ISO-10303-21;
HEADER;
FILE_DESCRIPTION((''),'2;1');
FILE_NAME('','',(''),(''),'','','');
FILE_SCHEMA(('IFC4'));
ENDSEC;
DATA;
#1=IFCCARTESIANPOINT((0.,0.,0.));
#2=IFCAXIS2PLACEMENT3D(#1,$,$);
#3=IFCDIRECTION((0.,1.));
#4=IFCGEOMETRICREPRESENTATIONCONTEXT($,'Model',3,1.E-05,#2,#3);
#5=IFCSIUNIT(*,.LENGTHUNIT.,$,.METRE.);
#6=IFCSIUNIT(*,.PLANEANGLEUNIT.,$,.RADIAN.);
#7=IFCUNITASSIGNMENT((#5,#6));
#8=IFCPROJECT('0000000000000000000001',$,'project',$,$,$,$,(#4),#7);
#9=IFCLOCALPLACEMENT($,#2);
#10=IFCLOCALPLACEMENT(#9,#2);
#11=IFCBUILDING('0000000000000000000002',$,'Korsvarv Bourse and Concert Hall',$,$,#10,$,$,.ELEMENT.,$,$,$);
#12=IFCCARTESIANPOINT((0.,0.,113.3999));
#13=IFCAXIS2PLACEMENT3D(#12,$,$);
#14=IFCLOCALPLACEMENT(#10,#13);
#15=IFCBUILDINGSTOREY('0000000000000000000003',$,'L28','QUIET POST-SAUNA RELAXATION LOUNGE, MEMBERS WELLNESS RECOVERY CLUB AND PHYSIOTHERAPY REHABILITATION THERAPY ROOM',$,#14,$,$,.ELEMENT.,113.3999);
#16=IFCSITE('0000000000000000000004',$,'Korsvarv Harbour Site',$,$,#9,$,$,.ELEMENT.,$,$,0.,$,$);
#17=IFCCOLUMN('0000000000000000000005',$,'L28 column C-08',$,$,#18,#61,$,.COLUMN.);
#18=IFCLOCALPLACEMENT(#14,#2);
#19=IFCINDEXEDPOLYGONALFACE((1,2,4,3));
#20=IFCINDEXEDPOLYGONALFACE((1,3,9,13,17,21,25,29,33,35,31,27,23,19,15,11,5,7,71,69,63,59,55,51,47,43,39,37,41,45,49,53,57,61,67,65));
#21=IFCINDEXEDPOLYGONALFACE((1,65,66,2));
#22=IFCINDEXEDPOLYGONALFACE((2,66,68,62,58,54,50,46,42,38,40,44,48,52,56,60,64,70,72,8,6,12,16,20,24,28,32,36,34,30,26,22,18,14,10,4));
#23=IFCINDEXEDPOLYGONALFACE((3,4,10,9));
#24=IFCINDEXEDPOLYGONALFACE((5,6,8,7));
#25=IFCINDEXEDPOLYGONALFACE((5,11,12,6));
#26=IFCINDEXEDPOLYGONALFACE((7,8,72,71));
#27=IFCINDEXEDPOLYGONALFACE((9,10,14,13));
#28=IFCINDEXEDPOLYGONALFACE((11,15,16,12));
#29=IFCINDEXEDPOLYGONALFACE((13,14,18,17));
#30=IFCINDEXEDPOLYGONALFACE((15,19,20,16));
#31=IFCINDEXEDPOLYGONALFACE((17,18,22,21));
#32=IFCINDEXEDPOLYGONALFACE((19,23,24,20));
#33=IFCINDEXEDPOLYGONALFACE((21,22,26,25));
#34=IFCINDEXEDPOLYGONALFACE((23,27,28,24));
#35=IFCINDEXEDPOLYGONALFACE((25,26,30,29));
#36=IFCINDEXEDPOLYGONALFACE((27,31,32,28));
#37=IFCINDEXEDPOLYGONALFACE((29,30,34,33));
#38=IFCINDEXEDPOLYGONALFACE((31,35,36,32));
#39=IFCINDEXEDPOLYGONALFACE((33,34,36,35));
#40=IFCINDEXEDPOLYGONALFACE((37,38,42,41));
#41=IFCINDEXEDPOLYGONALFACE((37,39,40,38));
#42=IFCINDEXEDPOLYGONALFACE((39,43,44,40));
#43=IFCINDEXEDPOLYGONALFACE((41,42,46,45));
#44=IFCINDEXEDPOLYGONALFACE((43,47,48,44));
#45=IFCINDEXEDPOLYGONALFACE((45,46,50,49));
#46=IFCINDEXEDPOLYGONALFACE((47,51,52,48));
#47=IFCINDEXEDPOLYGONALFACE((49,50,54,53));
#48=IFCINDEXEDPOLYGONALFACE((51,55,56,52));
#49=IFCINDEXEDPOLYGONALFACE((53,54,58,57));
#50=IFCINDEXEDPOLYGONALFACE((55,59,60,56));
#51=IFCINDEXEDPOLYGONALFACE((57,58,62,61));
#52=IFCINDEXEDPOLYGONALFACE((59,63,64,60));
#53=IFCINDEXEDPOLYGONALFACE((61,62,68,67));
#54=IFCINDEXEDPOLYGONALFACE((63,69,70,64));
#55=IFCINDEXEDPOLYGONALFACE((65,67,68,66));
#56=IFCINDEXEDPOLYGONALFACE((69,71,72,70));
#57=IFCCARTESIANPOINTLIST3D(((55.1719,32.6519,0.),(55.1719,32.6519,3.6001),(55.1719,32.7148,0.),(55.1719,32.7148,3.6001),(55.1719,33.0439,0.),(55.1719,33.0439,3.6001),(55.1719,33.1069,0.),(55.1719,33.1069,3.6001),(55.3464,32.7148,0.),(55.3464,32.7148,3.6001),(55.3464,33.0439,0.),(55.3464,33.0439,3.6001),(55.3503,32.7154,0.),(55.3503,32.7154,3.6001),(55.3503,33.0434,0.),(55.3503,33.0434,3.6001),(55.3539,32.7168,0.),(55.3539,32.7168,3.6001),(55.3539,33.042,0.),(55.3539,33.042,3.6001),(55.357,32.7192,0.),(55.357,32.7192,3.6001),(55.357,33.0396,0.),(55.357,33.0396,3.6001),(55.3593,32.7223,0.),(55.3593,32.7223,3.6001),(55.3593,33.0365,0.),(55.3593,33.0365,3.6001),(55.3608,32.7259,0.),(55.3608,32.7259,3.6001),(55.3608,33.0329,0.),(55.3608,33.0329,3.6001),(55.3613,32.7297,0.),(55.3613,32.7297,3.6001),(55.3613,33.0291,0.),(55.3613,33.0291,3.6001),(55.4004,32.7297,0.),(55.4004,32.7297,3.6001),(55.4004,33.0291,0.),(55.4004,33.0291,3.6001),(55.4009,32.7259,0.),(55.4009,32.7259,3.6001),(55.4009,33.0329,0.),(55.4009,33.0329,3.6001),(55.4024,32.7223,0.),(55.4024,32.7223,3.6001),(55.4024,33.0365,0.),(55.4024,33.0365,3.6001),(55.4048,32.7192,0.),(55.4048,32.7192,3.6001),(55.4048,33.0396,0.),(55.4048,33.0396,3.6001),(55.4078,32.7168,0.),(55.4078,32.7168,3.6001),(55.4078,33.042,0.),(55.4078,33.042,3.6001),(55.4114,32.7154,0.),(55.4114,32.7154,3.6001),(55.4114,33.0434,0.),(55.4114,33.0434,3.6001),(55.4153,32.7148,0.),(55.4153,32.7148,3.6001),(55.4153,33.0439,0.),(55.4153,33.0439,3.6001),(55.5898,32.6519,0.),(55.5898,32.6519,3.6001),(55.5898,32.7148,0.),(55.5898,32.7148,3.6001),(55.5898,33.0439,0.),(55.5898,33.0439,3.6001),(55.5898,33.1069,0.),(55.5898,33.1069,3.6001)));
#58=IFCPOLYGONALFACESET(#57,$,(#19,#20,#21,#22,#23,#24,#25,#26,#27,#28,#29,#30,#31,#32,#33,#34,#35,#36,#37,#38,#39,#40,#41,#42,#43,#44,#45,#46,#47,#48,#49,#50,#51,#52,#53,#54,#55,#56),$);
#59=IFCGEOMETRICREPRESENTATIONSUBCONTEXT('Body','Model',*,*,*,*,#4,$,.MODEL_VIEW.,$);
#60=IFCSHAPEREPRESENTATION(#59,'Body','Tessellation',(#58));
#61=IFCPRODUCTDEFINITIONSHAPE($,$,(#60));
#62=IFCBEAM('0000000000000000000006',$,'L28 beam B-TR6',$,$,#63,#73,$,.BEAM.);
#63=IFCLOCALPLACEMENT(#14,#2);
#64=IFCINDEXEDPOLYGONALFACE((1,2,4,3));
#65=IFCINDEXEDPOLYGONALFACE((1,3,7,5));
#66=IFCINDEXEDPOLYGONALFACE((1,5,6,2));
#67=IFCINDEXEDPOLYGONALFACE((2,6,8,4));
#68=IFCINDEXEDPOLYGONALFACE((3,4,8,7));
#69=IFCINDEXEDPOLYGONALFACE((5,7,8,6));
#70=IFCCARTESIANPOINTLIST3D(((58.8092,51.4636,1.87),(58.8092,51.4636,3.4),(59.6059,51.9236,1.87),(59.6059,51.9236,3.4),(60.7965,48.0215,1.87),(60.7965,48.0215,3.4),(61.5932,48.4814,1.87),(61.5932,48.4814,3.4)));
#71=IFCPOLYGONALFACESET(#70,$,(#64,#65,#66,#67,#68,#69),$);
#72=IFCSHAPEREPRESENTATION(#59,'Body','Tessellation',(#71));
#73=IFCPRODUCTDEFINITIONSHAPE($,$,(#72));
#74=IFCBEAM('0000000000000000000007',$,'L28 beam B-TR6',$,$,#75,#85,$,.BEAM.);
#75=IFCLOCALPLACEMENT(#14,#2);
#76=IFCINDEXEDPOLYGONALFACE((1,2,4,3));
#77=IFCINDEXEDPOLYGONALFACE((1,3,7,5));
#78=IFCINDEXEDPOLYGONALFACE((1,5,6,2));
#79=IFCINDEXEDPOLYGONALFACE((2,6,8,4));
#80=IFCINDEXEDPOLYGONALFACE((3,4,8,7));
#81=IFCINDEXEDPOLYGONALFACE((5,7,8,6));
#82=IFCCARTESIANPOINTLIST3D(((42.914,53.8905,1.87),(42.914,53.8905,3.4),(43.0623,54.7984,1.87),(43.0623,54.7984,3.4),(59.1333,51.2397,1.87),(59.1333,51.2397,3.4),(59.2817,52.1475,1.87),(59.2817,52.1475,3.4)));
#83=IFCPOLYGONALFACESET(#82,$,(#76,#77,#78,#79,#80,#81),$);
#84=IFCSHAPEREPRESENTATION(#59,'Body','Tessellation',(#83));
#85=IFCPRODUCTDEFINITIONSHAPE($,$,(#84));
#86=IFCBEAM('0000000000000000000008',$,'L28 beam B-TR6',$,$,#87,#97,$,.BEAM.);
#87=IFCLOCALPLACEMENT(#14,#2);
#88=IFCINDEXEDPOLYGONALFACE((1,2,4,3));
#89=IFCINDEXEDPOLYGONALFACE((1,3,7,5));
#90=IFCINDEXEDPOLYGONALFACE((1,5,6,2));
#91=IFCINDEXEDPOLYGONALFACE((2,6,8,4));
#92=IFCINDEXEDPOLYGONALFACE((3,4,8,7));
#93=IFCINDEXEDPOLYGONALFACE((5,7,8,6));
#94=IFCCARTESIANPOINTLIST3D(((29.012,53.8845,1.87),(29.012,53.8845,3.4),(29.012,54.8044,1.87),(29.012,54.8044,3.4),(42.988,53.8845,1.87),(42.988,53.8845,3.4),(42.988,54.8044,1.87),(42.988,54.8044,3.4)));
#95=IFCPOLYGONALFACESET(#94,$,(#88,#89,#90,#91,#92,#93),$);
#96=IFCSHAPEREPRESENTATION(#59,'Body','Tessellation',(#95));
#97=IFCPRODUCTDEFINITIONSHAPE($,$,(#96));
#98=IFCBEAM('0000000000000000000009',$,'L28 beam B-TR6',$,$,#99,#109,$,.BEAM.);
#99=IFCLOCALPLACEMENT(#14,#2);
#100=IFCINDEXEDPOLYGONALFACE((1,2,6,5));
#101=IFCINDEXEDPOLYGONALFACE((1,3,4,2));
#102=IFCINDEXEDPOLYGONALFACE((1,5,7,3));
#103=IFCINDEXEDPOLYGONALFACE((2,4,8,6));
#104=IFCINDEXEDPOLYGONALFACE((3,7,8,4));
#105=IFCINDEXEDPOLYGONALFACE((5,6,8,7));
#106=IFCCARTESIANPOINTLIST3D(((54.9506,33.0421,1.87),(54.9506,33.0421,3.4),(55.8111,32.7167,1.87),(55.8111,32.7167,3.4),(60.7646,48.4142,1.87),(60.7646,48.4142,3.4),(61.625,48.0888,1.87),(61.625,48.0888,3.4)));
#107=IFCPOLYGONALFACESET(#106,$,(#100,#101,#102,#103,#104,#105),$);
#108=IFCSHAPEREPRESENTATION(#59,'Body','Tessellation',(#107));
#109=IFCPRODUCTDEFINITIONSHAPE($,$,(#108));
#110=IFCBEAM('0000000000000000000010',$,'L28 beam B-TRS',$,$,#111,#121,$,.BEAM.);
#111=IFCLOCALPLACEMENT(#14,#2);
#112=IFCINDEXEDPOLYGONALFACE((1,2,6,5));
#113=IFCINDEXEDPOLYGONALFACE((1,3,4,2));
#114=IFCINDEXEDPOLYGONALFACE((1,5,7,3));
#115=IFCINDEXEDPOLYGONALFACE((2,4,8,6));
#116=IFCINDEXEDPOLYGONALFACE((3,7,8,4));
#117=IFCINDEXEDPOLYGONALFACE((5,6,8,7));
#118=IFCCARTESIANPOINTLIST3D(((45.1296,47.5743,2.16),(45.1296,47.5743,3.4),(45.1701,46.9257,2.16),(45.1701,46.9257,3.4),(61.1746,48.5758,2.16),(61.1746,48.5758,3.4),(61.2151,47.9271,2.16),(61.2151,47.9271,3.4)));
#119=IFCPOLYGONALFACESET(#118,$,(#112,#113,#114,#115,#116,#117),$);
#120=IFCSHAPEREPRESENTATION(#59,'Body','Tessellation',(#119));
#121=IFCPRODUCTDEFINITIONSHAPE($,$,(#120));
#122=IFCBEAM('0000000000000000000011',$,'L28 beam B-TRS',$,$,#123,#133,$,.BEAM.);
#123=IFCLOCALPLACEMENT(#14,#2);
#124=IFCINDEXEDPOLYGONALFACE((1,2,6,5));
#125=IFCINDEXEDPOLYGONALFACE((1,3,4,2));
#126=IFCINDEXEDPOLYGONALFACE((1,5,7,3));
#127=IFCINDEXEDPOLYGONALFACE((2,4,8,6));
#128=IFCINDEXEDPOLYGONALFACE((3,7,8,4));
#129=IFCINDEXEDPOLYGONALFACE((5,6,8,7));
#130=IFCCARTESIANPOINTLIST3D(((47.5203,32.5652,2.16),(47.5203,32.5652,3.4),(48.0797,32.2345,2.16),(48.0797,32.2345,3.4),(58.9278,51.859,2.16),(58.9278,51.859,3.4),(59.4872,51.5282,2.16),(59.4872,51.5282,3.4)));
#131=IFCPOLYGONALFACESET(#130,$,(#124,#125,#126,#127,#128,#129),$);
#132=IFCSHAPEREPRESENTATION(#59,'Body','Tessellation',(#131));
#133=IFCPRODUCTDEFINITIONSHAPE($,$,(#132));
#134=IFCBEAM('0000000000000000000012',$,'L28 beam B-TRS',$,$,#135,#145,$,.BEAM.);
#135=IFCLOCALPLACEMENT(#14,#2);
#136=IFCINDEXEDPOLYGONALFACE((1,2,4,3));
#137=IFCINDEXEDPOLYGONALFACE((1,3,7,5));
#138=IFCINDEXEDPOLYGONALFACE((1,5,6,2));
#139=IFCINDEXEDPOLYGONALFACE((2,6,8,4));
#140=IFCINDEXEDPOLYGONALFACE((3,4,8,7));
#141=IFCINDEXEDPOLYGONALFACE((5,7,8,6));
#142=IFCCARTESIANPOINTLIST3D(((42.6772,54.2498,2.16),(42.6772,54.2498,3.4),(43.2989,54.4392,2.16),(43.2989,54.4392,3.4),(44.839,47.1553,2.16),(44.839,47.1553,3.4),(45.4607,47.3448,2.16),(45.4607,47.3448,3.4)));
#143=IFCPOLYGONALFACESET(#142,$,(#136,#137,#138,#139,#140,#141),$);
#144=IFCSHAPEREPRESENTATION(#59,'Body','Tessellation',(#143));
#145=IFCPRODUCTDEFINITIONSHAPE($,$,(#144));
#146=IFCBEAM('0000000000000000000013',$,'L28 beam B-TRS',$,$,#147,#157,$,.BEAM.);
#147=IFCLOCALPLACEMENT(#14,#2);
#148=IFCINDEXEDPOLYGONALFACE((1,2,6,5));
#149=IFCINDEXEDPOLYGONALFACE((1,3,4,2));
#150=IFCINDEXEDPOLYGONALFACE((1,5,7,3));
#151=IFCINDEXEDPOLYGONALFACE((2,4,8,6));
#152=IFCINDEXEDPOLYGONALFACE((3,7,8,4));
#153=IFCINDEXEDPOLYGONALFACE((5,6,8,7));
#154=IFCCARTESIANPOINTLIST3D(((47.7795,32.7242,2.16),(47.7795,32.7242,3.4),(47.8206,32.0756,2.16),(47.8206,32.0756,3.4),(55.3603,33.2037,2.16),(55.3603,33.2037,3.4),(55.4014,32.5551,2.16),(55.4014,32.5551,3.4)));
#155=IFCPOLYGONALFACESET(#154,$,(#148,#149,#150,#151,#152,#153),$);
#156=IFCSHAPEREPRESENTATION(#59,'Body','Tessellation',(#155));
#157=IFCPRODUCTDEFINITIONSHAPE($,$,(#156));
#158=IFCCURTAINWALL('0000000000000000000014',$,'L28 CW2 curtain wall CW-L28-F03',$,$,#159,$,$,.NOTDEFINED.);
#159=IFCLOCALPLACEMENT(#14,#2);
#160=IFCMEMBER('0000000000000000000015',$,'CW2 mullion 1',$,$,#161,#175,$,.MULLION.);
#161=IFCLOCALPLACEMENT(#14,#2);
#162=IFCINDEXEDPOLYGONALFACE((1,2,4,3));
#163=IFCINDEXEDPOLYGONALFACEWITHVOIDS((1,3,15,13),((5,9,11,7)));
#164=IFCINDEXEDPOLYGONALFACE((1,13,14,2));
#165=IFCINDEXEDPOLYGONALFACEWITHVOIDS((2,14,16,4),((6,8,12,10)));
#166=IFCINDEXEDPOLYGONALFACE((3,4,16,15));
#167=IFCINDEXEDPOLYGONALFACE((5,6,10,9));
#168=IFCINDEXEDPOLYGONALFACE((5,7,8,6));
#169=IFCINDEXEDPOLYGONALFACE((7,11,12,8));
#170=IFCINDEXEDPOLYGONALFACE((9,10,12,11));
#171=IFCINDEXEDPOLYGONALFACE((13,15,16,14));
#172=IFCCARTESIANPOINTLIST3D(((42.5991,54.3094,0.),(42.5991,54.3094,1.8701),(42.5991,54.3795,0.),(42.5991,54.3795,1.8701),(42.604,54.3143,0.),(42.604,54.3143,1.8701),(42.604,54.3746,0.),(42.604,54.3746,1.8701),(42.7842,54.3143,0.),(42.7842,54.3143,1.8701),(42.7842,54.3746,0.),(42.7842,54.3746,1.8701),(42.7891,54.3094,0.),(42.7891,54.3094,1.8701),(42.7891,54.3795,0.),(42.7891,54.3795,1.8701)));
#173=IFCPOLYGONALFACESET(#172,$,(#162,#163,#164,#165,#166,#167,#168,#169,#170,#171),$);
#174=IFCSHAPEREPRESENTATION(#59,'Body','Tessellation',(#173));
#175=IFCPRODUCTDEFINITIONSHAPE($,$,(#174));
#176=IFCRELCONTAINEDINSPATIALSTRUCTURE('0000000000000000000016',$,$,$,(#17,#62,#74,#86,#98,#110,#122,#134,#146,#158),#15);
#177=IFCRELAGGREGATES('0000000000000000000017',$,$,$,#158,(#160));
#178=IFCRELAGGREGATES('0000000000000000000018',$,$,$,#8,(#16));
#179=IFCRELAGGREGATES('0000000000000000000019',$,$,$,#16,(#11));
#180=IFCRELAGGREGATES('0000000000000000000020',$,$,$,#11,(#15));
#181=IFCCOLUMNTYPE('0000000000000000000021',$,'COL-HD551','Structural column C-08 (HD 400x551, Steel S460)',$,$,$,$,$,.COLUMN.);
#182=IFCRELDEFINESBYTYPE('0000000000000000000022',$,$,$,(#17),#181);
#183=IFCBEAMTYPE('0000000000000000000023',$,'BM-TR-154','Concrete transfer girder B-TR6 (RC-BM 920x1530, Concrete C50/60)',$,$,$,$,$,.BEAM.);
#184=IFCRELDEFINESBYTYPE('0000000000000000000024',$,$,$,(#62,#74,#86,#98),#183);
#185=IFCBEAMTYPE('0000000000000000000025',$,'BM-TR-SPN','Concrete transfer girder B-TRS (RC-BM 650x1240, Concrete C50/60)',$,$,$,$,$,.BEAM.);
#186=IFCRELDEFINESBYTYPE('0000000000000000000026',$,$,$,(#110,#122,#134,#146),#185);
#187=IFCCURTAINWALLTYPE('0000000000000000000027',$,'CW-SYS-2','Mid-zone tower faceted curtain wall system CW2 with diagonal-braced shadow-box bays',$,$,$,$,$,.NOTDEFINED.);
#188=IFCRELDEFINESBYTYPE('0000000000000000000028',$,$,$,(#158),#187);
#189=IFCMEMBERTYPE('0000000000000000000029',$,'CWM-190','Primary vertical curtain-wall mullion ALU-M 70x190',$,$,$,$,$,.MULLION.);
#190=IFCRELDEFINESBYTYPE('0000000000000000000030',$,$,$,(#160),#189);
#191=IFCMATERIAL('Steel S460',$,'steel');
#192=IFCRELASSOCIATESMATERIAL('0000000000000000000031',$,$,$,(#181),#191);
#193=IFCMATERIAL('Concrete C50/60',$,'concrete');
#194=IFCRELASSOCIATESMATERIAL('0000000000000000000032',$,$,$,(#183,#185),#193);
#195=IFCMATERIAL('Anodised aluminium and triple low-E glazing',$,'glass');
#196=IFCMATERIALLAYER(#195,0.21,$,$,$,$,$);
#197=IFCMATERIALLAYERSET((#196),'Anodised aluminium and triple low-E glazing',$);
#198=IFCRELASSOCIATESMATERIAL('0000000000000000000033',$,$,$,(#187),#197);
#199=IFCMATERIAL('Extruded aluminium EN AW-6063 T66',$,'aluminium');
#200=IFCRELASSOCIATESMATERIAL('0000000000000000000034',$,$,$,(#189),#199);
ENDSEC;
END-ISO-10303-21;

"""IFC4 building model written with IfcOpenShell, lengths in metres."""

from ifc_helpers import new_model, si_unit, direction, frame, origin, origin_2d, place, context, subcontext, project, spatial, rectangle, hollow_rectangle, i_section, extrude, source, transform, mapped, material, layer, layer_set, material_profile, profile_set, type_object, element, aggregate, save


model = new_model("IFC4")

# Units and contexts
model_context = context("Model", 3, precision=1e-05, world=origin(), true_north=direction((0.0, 1.0)))
body_context = subcontext(model_context, "Body", "Model", "MODEL_VIEW")
ifc_project = project(units=[si_unit("LENGTHUNIT", "METRE"), si_unit("PLANEANGLEUNIT", "RADIAN")], contexts=[model_context])

# Site, building, storey
site_placement = place(None, origin())
site = spatial("IfcSite", under=ifc_project, at=site_placement, Name="Korsvarv Harbour Site", CompositionType="ELEMENT", RefElevation=0.0)
building_placement = place(site_placement, origin())
building = spatial("IfcBuilding", under=site, at=building_placement, Name="Korsvarv Bourse and Concert Hall", CompositionType="ELEMENT")
storey_placement = place(building_placement, frame((0.0, 0.0, 113.3999)))
storey = spatial("IfcBuildingStorey", under=building, at=storey_placement, Name="L28", Description="QUIET POST-SAUNA RELAXATION LOUNGE, MEMBERS WELLNESS RECOVERY CLUB AND PHYSIOTHERAPY REHABILITATION THERAPY ROOM", CompositionType="ELEMENT", Elevation=113.3999)

# Column
ifc_material_1 = material(Name="Steel S460", Category="steel")
ifc_material_profile_1 = material_profile(ifc_material_1, i_section(OverallWidth=0.418, OverallDepth=0.4551, WebThickness=0.0391, FlangeThickness=0.063, FilletRadius=0.0149, at=origin_2d()), Name="HD 400x551")
ifc_profile_set_1 = profile_set([ifc_material_profile_1], Name="Steel S460")
column_type_1 = type_object("IfcColumnType", Name="COL-HD551", Description="Structural column C-08 (HD 400x551, Steel S460)", PredefinedType="COLUMN", material=ifc_profile_set_1)
shared_shape_1 = source(origin(), body_context, "Body", "SweptSolid", [
    extrude(i_section(OverallWidth=0.418, OverallDepth=0.4551, WebThickness=0.0391, FlangeThickness=0.063, FilletRadius=0.0149, at=origin_2d()), origin(), (0.0, 0.0, 1.0), 3.6001),
])
for number, where, z_axis, x_axis, name in (
    (1, (55.3809, 32.8794, 0.0), (0.0, 0.0, 1.0), (1.0, 0.0, 0.0), "L28 column C-08"),
):
    element("IfcColumn", number, at=place(storey_placement, frame(where, z_axis=z_axis, x_axis=x_axis)), inside=storey, type_object=column_type_1, Name=name, PredefinedType="COLUMN", context=body_context, shape_type="MappedRepresentation", body=[
        mapped(shared_shape_1, transform((0.0, 0.0, 0.0), scale=1.0)),
    ])

# Beams
ifc_material_2 = material(Name="Concrete C50/60", Category="concrete")
ifc_material_profile_2 = material_profile(ifc_material_2, rectangle(XDim=0.9199, YDim=1.53, at=origin_2d()), Name="RC-BM 920x1530")
ifc_profile_set_2 = profile_set([ifc_material_profile_2], Name="Concrete C50/60")
beam_type_1 = type_object("IfcBeamType", Name="BM-TR-154", Description="Concrete transfer girder B-TR6 (RC-BM 920x1530, Concrete C50/60)", PredefinedType="BEAM", material=ifc_profile_set_2)
shared_shape_2 = source(origin(), body_context, "Body", "SweptSolid", [
    extrude(rectangle(XDim=0.9199, YDim=1.53, at=origin_2d()), origin(), (0.0, 0.0, 1.0), 3.9746),
])
beam_1_placement = place(storey_placement, frame((61.1948, 48.2515, 2.635), z_axis=(-0.499997, 0.866027, 0.0), x_axis=(-0.866027, -0.499997, 0.0)))
element("IfcBeam", 2, at=beam_1_placement, inside=storey, type_object=beam_type_1, Name="L28 beam B-TR6", PredefinedType="BEAM", context=body_context, shape_type="MappedRepresentation", body=[
    mapped(shared_shape_2, transform((0.0, 0.0, 0.0), scale=1.0)),
])
shared_shape_3 = source(origin(), body_context, "Body", "SweptSolid", [
    extrude(rectangle(XDim=0.9199, YDim=1.53, at=origin_2d()), origin(), (0.0, 0.0, 1.0), 16.4346),
])
beam_2_placement = place(storey_placement, frame((59.2075, 51.6936, 2.635), z_axis=(-0.986906, 0.161298, 0.0), x_axis=(-0.161298, -0.986906, 0.0)))
element("IfcBeam", 3, at=beam_2_placement, inside=storey, type_object=beam_type_1, Name="L28 beam B-TR6", PredefinedType="BEAM", context=body_context, shape_type="MappedRepresentation", body=[
    mapped(shared_shape_3, transform((0.0, 0.0, 0.0), scale=1.0)),
])
shared_shape_4 = source(origin(), body_context, "Body", "SweptSolid", [
    extrude(rectangle(XDim=0.9199, YDim=1.53, at=origin_2d()), origin(), (0.0, 0.0, 1.0), 13.9761),
])
beam_3_placement = place(storey_placement, frame((42.988, 54.3445, 2.635), z_axis=(-1.0, 0.0, 0.0), x_axis=(0.0, -1.0, 0.0)))
element("IfcBeam", 4, at=beam_3_placement, inside=storey, type_object=beam_type_1, Name="L28 beam B-TR6", PredefinedType="BEAM", context=body_context, shape_type="MappedRepresentation", body=[
    mapped(shared_shape_4, transform((0.0, 0.0, 0.0), scale=1.0)),
])
shared_shape_5 = source(origin(), body_context, "Body", "SweptSolid", [
    extrude(rectangle(XDim=0.9199, YDim=1.53, at=origin_2d()), origin(), (0.0, 0.0, 1.0), 16.4348),
])
beam_4_placement = place(storey_placement, frame((55.3809, 32.8794, 2.635), z_axis=(0.353759, 0.935336, 0.0), x_axis=(-0.935336, 0.353759, 0.0)))
element("IfcBeam", 5, at=beam_4_placement, inside=storey, type_object=beam_type_1, Name="L28 beam B-TR6", PredefinedType="BEAM", context=body_context, shape_type="MappedRepresentation", body=[
    mapped(shared_shape_5, transform((0.0, 0.0, 0.0), scale=1.0)),
])
ifc_material_profile_3 = material_profile(ifc_material_2, rectangle(XDim=0.6499, YDim=1.24, at=origin_2d()), Name="RC-BM 650x1240")
ifc_profile_set_3 = profile_set([ifc_material_profile_3], Name="Concrete C50/60")
beam_type_2 = type_object("IfcBeamType", Name="BM-TR-SPN", Description="Concrete transfer girder B-TRS (RC-BM 650x1240, Concrete C50/60)", PredefinedType="BEAM", material=ifc_profile_set_3)
shared_shape_6 = source(origin(), body_context, "Body", "SweptSolid", [
    extrude(rectangle(XDim=0.6499, YDim=1.24, at=origin_2d()), origin(), (0.0, 0.0, 1.0), 16.0762),
])
beam_5_placement = place(storey_placement, frame((61.1948, 48.2515, 2.78), z_axis=(-0.998058, -0.062295, 0.0), x_axis=(0.062295, -0.998058, 0.0)))
element("IfcBeam", 6, at=beam_5_placement, inside=storey, type_object=beam_type_2, Name="L28 beam B-TRS", PredefinedType="BEAM", context=body_context, shape_type="MappedRepresentation", body=[
    mapped(shared_shape_6, transform((0.0, 0.0, 0.0), scale=1.0)),
])
shared_shape_7 = source(origin(), body_context, "Body", "SweptSolid", [
    extrude(rectangle(XDim=0.6499, YDim=1.24, at=origin_2d()), origin(), (0.0, 0.0, 1.0), 22.4138),
])
beam_6_placement = place(storey_placement, frame((59.2075, 51.6936, 2.78), z_axis=(-0.508949, -0.860797, 0.0), x_axis=(0.860797, -0.508949, 0.0)))
element("IfcBeam", 7, at=beam_6_placement, inside=storey, type_object=beam_type_2, Name="L28 beam B-TRS", PredefinedType="BEAM", context=body_context, shape_type="MappedRepresentation", body=[
    mapped(shared_shape_7, transform((0.0, 0.0, 0.0), scale=1.0)),
])
shared_shape_8 = source(origin(), body_context, "Body", "SweptSolid", [
    extrude(rectangle(XDim=0.6499, YDim=1.24, at=origin_2d()), origin(), (0.0, 0.0, 1.0), 7.4165),
])
beam_7_placement = place(storey_placement, frame((42.988, 54.3445, 2.78), z_axis=(0.291492, -0.956573, 0.0), x_axis=(0.956573, 0.291492, 0.0)))
element("IfcBeam", 8, at=beam_7_placement, inside=storey, type_object=beam_type_2, Name="L28 beam B-TRS", PredefinedType="BEAM", context=body_context, shape_type="MappedRepresentation", body=[
    mapped(shared_shape_8, transform((0.0, 0.0, 0.0), scale=1.0)),
])
shared_shape_9 = source(origin(), body_context, "Body", "SweptSolid", [
    extrude(rectangle(XDim=0.6499, YDim=1.24, at=origin_2d()), origin(), (0.0, 0.0, 1.0), 7.5959),
])
beam_8_placement = place(storey_placement, frame((55.3809, 32.8794, 2.78), z_axis=(-0.998006, -0.063125, 0.0), x_axis=(0.063125, -0.998006, 0.0)))
element("IfcBeam", 9, at=beam_8_placement, inside=storey, type_object=beam_type_2, Name="L28 beam B-TRS", PredefinedType="BEAM", context=body_context, shape_type="MappedRepresentation", body=[
    mapped(shared_shape_9, transform((0.0, 0.0, 0.0), scale=1.0)),
])

# Curtain wall, member
ifc_material_3 = material(Name="Anodised aluminium and triple low-E glazing", Category="glass")
ifc_layer_1 = layer(ifc_material_3, 0.21)
ifc_layer_set_1 = layer_set([ifc_layer_1], Name="Anodised aluminium and triple low-E glazing")
curtain_wall_type = type_object("IfcCurtainWallType", Name="CW-SYS-2", Description="Mid-zone tower faceted curtain wall system CW2 with diagonal-braced shadow-box bays", PredefinedType="NOTDEFINED", material=ifc_layer_set_1)
curtain_wall_1_placement = place(storey_placement, origin())
curtain_wall_1 = element("IfcCurtainWall", 10, at=curtain_wall_1_placement, inside=storey, type_object=curtain_wall_type, Name="L28 CW2 curtain wall CW-L28-F03", PredefinedType="NOTDEFINED")
ifc_material_4 = material(Name="Extruded aluminium EN AW-6063 T66", Category="aluminium")
ifc_material_profile_4 = material_profile(ifc_material_4, hollow_rectangle(XDim=0.0701, YDim=0.1899, WallThickness=0.0049, at=origin_2d()), Name="ALU-M 70x190")
ifc_profile_set_4 = profile_set([ifc_material_profile_4], Name="Extruded aluminium EN AW-6063 T66")
member_type_1 = type_object("IfcMemberType", Name="CWM-190", Description="Primary vertical curtain-wall mullion ALU-M 70x190", PredefinedType="MULLION", material=ifc_profile_set_4)
shared_shape_10 = source(origin(), body_context, "Body", "SweptSolid", [
    extrude(hollow_rectangle(XDim=0.0701, YDim=0.1899, WallThickness=0.0049, at=origin_2d()), origin(), (0.0, 0.0, 1.0), 1.8701),
])
member_1_placement = place(storey_placement, frame((42.6941, 54.3445, 0.0), z_axis=(0.0, 0.0, 1.0), x_axis=(0.0, -1.0, 0.0)))
member_1 = element("IfcMember", 11, at=member_1_placement, type_object=member_type_1, Name="CW2 mullion 1", PredefinedType="MULLION", context=body_context, shape_type="MappedRepresentation", body=[
    mapped(shared_shape_10, transform((0.0, 0.0, 0.0), scale=1.0)),
])

aggregate(curtain_wall_1, [member_1])

save(model, "model.ifc")
